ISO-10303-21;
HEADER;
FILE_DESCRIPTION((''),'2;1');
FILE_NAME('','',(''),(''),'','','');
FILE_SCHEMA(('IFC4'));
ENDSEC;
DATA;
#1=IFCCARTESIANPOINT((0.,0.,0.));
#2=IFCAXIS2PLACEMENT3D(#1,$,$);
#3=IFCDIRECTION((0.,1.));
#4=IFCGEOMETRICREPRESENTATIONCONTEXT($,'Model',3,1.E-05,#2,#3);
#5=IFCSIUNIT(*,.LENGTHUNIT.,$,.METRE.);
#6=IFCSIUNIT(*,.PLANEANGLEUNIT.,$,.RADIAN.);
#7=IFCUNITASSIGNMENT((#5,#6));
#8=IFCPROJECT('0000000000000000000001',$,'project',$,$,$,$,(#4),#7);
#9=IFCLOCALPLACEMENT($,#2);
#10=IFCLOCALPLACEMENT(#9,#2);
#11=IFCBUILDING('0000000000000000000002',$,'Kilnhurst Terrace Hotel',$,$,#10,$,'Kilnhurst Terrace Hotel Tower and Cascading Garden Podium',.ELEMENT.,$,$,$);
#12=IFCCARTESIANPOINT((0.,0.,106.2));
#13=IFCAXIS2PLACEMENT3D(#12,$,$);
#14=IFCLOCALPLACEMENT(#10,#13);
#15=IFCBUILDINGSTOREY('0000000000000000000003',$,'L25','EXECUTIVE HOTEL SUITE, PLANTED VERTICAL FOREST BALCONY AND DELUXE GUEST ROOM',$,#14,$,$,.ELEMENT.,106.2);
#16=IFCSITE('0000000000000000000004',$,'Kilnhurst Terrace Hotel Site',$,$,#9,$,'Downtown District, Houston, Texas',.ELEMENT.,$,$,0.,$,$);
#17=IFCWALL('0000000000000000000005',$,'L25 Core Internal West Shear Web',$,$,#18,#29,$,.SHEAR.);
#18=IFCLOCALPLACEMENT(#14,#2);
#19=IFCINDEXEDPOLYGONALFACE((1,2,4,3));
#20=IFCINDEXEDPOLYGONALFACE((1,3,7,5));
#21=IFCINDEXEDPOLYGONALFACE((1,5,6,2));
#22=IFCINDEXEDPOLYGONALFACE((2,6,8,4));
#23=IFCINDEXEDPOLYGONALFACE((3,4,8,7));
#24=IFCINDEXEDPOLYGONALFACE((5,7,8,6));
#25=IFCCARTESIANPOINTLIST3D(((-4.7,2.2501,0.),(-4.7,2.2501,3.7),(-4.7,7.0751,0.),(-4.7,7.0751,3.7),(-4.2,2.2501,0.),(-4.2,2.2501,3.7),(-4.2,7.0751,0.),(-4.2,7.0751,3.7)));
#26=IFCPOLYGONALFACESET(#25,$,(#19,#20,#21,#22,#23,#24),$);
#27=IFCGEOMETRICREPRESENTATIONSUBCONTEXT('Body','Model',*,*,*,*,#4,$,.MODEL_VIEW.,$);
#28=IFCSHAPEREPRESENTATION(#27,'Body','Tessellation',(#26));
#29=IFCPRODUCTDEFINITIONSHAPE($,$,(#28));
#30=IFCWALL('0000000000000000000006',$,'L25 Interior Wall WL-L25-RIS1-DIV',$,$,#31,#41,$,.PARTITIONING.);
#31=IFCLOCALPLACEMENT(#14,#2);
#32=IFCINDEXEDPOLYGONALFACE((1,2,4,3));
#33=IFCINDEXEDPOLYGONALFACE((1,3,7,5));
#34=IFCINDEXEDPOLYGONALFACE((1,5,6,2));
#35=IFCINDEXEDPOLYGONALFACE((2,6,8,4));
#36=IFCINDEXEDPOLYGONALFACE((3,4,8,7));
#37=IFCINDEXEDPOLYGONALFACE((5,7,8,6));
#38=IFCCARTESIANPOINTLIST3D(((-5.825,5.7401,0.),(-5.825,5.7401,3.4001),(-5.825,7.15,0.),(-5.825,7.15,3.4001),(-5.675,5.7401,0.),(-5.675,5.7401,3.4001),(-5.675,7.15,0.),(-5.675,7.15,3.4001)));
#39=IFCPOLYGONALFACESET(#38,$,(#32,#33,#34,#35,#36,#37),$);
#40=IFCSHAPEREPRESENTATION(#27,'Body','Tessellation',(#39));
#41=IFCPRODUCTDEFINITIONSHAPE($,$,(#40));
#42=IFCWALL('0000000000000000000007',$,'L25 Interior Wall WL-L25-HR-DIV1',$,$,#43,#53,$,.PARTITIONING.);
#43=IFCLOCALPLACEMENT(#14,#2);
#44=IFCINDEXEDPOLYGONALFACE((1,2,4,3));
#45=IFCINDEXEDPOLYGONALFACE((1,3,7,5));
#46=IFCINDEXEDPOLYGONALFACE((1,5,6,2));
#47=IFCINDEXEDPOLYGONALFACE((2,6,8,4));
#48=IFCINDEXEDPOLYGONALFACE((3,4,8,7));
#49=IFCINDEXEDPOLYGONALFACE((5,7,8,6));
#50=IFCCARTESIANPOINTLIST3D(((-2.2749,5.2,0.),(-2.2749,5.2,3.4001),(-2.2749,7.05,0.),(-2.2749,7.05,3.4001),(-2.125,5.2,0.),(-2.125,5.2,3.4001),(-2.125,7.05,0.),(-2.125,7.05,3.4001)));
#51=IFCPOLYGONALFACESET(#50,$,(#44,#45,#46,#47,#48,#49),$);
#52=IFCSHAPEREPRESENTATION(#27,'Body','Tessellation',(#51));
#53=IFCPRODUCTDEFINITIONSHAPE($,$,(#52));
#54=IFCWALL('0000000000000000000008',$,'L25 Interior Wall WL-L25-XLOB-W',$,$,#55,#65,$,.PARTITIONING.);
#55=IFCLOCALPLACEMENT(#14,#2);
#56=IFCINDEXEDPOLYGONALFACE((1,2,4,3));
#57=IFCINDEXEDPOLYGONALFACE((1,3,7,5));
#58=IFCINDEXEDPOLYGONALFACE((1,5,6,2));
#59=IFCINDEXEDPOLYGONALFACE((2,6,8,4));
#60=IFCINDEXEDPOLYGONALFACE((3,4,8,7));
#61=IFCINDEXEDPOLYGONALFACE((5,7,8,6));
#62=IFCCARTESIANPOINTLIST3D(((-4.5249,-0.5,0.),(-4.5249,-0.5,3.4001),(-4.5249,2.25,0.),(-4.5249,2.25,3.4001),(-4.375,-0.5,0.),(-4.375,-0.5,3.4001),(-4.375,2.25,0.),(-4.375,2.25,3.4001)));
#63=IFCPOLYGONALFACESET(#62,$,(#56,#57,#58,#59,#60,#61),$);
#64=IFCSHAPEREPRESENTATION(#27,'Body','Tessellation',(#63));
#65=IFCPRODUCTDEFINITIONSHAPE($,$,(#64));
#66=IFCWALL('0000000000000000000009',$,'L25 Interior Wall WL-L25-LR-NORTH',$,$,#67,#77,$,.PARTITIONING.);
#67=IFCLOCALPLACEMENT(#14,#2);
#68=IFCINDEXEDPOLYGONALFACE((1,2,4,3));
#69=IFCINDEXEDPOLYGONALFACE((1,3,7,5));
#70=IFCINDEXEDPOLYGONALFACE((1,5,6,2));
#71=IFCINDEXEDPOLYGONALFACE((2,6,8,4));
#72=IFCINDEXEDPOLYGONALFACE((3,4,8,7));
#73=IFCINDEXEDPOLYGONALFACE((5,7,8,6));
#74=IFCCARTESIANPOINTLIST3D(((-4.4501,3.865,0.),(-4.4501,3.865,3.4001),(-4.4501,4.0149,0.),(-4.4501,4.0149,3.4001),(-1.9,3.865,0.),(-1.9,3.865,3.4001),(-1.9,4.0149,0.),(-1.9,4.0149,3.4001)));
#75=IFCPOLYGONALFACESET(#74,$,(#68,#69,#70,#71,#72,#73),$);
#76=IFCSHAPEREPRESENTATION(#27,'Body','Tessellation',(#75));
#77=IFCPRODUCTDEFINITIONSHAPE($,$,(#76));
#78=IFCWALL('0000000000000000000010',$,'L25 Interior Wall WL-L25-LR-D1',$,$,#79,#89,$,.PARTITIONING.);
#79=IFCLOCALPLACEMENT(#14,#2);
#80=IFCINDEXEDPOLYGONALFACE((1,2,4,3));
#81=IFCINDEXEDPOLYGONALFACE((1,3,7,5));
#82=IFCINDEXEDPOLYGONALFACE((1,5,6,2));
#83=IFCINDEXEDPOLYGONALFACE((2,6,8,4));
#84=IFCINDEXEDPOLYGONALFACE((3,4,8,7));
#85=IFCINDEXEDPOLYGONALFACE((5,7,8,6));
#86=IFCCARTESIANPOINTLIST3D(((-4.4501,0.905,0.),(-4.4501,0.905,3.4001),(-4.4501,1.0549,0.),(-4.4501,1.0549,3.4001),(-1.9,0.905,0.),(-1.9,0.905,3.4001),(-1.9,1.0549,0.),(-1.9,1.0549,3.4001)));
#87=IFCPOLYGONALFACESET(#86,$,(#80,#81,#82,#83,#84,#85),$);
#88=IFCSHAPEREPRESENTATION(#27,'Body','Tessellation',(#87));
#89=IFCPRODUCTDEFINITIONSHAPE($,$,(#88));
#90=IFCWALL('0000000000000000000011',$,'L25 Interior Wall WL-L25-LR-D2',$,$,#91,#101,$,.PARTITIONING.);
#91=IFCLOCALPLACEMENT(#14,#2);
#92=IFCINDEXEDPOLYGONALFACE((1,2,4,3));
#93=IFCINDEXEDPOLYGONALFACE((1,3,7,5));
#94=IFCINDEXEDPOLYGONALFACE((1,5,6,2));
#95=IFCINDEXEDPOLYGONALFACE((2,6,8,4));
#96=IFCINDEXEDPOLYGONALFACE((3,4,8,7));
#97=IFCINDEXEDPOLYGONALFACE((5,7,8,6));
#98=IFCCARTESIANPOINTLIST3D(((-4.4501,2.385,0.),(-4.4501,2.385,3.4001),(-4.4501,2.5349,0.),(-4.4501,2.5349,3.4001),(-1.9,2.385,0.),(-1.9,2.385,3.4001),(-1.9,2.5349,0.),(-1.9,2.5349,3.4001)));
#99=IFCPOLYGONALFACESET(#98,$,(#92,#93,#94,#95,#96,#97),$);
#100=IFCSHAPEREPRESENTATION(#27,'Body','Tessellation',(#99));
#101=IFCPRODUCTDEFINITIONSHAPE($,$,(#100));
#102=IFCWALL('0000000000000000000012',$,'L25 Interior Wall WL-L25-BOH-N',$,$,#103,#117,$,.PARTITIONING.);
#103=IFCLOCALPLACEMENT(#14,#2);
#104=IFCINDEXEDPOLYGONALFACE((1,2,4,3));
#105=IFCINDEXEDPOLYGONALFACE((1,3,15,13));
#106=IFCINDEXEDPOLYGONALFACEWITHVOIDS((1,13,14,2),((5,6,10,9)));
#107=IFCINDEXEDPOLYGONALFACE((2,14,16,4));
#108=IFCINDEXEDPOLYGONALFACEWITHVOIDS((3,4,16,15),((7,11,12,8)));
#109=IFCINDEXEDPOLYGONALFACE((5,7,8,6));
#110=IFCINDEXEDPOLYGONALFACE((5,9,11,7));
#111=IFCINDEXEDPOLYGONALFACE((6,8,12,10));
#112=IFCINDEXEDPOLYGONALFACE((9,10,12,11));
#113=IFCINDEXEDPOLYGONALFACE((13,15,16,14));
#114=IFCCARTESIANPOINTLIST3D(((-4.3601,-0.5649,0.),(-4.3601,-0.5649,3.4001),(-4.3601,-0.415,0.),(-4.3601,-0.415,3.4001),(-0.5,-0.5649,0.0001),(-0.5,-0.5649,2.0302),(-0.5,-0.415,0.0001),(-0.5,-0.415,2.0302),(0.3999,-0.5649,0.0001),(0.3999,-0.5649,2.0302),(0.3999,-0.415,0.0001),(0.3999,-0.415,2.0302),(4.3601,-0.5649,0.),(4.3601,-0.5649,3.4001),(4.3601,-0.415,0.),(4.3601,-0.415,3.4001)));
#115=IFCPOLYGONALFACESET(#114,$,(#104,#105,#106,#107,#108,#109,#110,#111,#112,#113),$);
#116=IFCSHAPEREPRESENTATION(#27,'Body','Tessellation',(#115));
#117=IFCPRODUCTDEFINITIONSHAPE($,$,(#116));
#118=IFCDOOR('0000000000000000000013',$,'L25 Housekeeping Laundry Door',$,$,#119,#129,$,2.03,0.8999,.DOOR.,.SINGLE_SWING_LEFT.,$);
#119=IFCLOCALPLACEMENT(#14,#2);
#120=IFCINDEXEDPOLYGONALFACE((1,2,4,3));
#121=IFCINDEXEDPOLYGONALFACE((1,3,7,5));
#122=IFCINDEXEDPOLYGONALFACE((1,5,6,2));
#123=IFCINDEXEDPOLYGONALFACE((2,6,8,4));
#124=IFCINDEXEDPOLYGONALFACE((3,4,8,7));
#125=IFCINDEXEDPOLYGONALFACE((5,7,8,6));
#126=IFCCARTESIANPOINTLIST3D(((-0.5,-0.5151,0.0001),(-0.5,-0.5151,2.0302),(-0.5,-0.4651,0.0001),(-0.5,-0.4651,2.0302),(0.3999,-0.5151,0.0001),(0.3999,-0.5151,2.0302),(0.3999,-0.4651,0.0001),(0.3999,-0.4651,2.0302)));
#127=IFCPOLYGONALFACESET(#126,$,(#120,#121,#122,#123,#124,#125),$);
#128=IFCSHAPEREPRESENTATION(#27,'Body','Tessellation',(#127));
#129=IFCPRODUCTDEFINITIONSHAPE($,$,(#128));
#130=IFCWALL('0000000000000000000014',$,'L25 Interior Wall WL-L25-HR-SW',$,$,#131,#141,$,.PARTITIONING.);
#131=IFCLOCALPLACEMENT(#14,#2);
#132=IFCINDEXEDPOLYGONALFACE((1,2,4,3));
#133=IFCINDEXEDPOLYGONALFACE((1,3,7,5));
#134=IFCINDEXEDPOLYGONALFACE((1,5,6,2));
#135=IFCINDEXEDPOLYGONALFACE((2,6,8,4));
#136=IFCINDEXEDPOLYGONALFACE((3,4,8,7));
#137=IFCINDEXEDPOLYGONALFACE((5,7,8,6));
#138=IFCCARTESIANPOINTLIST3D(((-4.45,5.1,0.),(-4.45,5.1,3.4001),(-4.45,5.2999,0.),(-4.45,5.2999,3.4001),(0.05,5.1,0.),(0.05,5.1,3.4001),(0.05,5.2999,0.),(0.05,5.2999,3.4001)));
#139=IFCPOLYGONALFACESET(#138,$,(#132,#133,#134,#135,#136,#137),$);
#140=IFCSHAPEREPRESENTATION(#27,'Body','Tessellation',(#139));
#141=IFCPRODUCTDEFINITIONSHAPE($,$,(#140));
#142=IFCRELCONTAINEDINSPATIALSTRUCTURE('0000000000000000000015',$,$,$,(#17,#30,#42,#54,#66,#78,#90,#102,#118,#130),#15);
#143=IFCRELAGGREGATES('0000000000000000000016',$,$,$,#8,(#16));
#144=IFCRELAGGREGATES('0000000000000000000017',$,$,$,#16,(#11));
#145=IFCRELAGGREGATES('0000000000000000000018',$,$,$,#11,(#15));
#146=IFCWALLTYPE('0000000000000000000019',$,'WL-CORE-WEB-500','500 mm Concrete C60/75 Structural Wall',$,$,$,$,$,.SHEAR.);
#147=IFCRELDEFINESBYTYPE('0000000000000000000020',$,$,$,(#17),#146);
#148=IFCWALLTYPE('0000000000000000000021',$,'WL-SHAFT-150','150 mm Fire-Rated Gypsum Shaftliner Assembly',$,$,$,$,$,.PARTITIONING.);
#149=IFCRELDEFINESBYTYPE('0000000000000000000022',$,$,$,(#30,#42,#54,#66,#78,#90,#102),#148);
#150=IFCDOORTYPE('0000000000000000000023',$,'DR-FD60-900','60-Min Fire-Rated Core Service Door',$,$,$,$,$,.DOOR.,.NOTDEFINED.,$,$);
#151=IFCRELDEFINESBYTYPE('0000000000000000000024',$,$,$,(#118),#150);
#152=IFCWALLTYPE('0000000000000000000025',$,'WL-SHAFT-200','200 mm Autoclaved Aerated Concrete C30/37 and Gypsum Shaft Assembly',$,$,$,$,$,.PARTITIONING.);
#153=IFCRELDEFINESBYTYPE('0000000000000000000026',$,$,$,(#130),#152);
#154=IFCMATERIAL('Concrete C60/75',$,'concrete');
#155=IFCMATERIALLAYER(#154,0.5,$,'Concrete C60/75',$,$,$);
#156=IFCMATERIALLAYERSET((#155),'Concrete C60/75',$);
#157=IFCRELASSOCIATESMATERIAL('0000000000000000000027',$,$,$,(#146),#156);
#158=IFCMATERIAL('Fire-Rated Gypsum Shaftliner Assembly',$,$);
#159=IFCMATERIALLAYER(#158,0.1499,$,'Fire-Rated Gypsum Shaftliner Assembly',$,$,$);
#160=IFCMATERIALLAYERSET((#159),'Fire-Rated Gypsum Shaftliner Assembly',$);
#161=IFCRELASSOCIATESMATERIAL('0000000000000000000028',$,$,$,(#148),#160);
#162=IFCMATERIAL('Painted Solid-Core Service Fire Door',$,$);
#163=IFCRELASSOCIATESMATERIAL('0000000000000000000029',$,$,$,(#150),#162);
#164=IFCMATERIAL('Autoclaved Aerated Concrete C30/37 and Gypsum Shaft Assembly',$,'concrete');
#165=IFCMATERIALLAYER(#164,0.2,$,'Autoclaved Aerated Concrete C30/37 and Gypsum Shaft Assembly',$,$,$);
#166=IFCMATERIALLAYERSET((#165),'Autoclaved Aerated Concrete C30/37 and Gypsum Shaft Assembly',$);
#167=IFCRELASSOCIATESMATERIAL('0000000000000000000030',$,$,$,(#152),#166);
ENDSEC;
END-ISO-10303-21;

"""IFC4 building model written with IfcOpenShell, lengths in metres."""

from ifc_helpers import new_model, si_unit, direction, frame, frame_2d, origin, place, context, subcontext, project, spatial, rectangle, extrude, material, layer, layer_set, type_object, element, fill, save


model = new_model("IFC4")

# Units and contexts
model_context = context("Model", 3, precision=1e-05, world=origin(), true_north=direction((0.0, 1.0)))
body_context = subcontext(model_context, "Body", "Model", "MODEL_VIEW")
ifc_project = project(units=[si_unit("LENGTHUNIT", "METRE"), si_unit("PLANEANGLEUNIT", "RADIAN")], contexts=[model_context])

# Site, building, storey
site_placement = place(None, origin())
site = spatial("IfcSite", under=ifc_project, at=site_placement, Name="Kilnhurst Terrace Hotel Site", LongName="Downtown District, Houston, Texas", CompositionType="ELEMENT", RefElevation=0.0)
building_placement = place(site_placement, origin())
building = spatial("IfcBuilding", under=site, at=building_placement, Name="Kilnhurst Terrace Hotel", LongName="Kilnhurst Terrace Hotel Tower and Cascading Garden Podium", CompositionType="ELEMENT")
storey_placement = place(building_placement, frame((0.0, 0.0, 106.2)))
storey = spatial("IfcBuildingStorey", under=building, at=storey_placement, Name="L25", Description="EXECUTIVE HOTEL SUITE, PLANTED VERTICAL FOREST BALCONY AND DELUXE GUEST ROOM", CompositionType="ELEMENT", Elevation=106.2)

# Walls
ifc_material_1 = material(Name="Concrete C60/75", Category="concrete")
ifc_layer_1 = layer(ifc_material_1, 0.5, Name="Concrete C60/75")
ifc_layer_set_1 = layer_set([ifc_layer_1], Name="Concrete C60/75")
wall_type_1 = type_object("IfcWallType", Name="WL-CORE-WEB-500", Description="500 mm Concrete C60/75 Structural Wall", PredefinedType="SHEAR", material=ifc_layer_set_1)
wall_1_placement = place(storey_placement, frame((-4.45, 2.25, 0.0), z_axis=(0.0, 0.0, 1.0), x_axis=(0.0, 1.0, 0.0)))
element("IfcWall", 1, at=wall_1_placement, inside=storey, type_object=wall_type_1, Name="L25 Core Internal West Shear Web", PredefinedType="SHEAR", context=body_context, shape_type="SweptSolid", body=[
    extrude(rectangle(XDim=4.825, YDim=0.5, at=frame_2d((2.4126, 0.0))), origin(), (0.0, 0.0, 1.0), 3.7),
])
ifc_material_2 = material(Name="Fire-Rated Gypsum Shaftliner Assembly")
ifc_layer_2 = layer(ifc_material_2, 0.1499, Name="Fire-Rated Gypsum Shaftliner Assembly")
ifc_layer_set_2 = layer_set([ifc_layer_2], Name="Fire-Rated Gypsum Shaftliner Assembly")
wall_type_2 = type_object("IfcWallType", Name="WL-SHAFT-150", Description="150 mm Fire-Rated Gypsum Shaftliner Assembly", PredefinedType="PARTITIONING", material=ifc_layer_set_2)
wall_2_placement = place(storey_placement, frame((-5.75, 5.74, 0.0), z_axis=(0.0, 0.0, 1.0), x_axis=(0.0, 1.0, 0.0)))
element("IfcWall", 2, at=wall_2_placement, inside=storey, type_object=wall_type_2, Name="L25 Interior Wall WL-L25-RIS1-DIV", PredefinedType="PARTITIONING", context=body_context, shape_type="SweptSolid", body=[
    extrude(rectangle(XDim=1.4099, YDim=0.1499, at=frame_2d((0.7051, 0.0))), origin(), (0.0, 0.0, 1.0), 3.4001),
])
wall_3_placement = place(storey_placement, frame((-2.2, 5.2, 0.0), z_axis=(0.0, 0.0, 1.0), x_axis=(0.0, 1.0, 0.0)))
element("IfcWall", 3, at=wall_3_placement, inside=storey, type_object=wall_type_2, Name="L25 Interior Wall WL-L25-HR-DIV1", PredefinedType="PARTITIONING", context=body_context, shape_type="SweptSolid", body=[
    extrude(rectangle(XDim=1.8501, YDim=0.1499, at=frame_2d((0.925, 0.0))), origin(), (0.0, 0.0, 1.0), 3.4001),
])
wall_4_placement = place(storey_placement, frame((-4.45, -0.5, 0.0), z_axis=(0.0, 0.0, 1.0), x_axis=(0.0, 1.0, 0.0)))
element("IfcWall", 4, at=wall_4_placement, inside=storey, type_object=wall_type_2, Name="L25 Interior Wall WL-L25-XLOB-W", PredefinedType="PARTITIONING", context=body_context, shape_type="SweptSolid", body=[
    extrude(rectangle(XDim=2.75, YDim=0.1499, at=frame_2d((1.375, 0.0))), origin(), (0.0, 0.0, 1.0), 3.4001),
])
for number, where, z_axis, x_axis, name in (
    (5, (-4.45, 3.9399, 0.0), (0.0, 0.0, 1.0), (1.0, 0.0, 0.0), "L25 Interior Wall WL-L25-LR-NORTH"),
    (6, (-4.45, 0.98, 0.0), (0.0, 0.0, 1.0), (1.0, 0.0, 0.0), "L25 Interior Wall WL-L25-LR-D1"),
    (7, (-4.45, 2.46, 0.0), (0.0, 0.0, 1.0), (1.0, 0.0, 0.0), "L25 Interior Wall WL-L25-LR-D2"),
):
    element("IfcWall", number, at=place(storey_placement, frame(where, z_axis=z_axis, x_axis=x_axis)), inside=storey, type_object=wall_type_2, Name=name, PredefinedType="PARTITIONING", context=body_context, shape_type="SweptSolid", body=[
        extrude(rectangle(XDim=2.55, YDim=0.1499, at=frame_2d((1.2749, 0.0))), origin(), (0.0, 0.0, 1.0), 3.4001),
    ])

# Wall, opening, door
wall_5_placement = place(storey_placement, frame((-4.3601, -0.49, 0.0), z_axis=(0.0, 0.0, 1.0), x_axis=(1.0, 0.0, 0.0)))
wall_5 = element("IfcWall", 8, at=wall_5_placement, inside=storey, type_object=wall_type_2, Name="L25 Interior Wall WL-L25-BOH-N", PredefinedType="PARTITIONING", context=body_context, shape_type="SweptSolid", body=[
    extrude(rectangle(XDim=8.7202, YDim=0.1499, at=frame_2d((4.3601, 0.0))), origin(), (0.0, 0.0, 1.0), 3.4001),
])
opening_1_placement = place(wall_5_placement, frame((3.8601, 0.0, 0.0)))
opening_1 = element("IfcOpeningElement", 9, at=opening_1_placement, cuts=wall_5, PredefinedType="OPENING", context=body_context, shape_type="SweptSolid", body=[
    extrude(rectangle(XDim=0.8999, YDim=2.03, at=frame_2d((0.45, 1.0151))), frame((0.0, 0.085, 0.0), z_axis=(0.0, -1.0, 0.0), x_axis=(1.0, 0.0, 0.0)), (0.0, 0.0, 1.0), 0.1699),
])
ifc_material_3 = material(Name="Painted Solid-Core Service Fire Door")
door_type_1 = type_object("IfcDoorType", Name="DR-FD60-900", Description="60-Min Fire-Rated Core Service Door", OperationType="NOTDEFINED", PredefinedType="DOOR", material=ifc_material_3)
door_1_placement = place(opening_1_placement, origin())
door_1 = element("IfcDoor", 10, at=door_1_placement, inside=storey, type_object=door_type_1, Name="L25 Housekeeping Laundry Door", OperationType="SINGLE_SWING_LEFT", OverallHeight=2.03, OverallWidth=0.8999, PredefinedType="DOOR", context=body_context, shape_type="SweptSolid", body=[
    extrude(rectangle(XDim=0.8999, YDim=2.03, at=frame_2d((0.45, 1.0151))), frame((0.0, 0.0249, 0.0), z_axis=(0.0, -1.0, 0.0), x_axis=(1.0, 0.0, 0.0)), (0.0, 0.0, 1.0), 0.05),
])
fill(opening_1, door_1)

# Wall
ifc_material_4 = material(Name="Autoclaved Aerated Concrete C30/37 and Gypsum Shaft Assembly", Category="concrete")
ifc_layer_3 = layer(ifc_material_4, 0.2, Name="Autoclaved Aerated Concrete C30/37 and Gypsum Shaft Assembly")
ifc_layer_set_3 = layer_set([ifc_layer_3], Name="Autoclaved Aerated Concrete C30/37 and Gypsum Shaft Assembly")
wall_type_3 = type_object("IfcWallType", Name="WL-SHAFT-200", Description="200 mm Autoclaved Aerated Concrete C30/37 and Gypsum Shaft Assembly", PredefinedType="PARTITIONING", material=ifc_layer_set_3)
wall_6_placement = place(storey_placement, frame((-4.45, 5.2, 0.0), z_axis=(0.0, 0.0, 1.0), x_axis=(1.0, 0.0, 0.0)))
element("IfcWall", 11, at=wall_6_placement, inside=storey, type_object=wall_type_3, Name="L25 Interior Wall WL-L25-HR-SW", PredefinedType="PARTITIONING", context=body_context, shape_type="SweptSolid", body=[
    extrude(rectangle(XDim=4.5, YDim=0.2, at=frame_2d((2.25, 0.0))), origin(), (0.0, 0.0, 1.0), 3.4001),
])

save(model, "model.ifc")
